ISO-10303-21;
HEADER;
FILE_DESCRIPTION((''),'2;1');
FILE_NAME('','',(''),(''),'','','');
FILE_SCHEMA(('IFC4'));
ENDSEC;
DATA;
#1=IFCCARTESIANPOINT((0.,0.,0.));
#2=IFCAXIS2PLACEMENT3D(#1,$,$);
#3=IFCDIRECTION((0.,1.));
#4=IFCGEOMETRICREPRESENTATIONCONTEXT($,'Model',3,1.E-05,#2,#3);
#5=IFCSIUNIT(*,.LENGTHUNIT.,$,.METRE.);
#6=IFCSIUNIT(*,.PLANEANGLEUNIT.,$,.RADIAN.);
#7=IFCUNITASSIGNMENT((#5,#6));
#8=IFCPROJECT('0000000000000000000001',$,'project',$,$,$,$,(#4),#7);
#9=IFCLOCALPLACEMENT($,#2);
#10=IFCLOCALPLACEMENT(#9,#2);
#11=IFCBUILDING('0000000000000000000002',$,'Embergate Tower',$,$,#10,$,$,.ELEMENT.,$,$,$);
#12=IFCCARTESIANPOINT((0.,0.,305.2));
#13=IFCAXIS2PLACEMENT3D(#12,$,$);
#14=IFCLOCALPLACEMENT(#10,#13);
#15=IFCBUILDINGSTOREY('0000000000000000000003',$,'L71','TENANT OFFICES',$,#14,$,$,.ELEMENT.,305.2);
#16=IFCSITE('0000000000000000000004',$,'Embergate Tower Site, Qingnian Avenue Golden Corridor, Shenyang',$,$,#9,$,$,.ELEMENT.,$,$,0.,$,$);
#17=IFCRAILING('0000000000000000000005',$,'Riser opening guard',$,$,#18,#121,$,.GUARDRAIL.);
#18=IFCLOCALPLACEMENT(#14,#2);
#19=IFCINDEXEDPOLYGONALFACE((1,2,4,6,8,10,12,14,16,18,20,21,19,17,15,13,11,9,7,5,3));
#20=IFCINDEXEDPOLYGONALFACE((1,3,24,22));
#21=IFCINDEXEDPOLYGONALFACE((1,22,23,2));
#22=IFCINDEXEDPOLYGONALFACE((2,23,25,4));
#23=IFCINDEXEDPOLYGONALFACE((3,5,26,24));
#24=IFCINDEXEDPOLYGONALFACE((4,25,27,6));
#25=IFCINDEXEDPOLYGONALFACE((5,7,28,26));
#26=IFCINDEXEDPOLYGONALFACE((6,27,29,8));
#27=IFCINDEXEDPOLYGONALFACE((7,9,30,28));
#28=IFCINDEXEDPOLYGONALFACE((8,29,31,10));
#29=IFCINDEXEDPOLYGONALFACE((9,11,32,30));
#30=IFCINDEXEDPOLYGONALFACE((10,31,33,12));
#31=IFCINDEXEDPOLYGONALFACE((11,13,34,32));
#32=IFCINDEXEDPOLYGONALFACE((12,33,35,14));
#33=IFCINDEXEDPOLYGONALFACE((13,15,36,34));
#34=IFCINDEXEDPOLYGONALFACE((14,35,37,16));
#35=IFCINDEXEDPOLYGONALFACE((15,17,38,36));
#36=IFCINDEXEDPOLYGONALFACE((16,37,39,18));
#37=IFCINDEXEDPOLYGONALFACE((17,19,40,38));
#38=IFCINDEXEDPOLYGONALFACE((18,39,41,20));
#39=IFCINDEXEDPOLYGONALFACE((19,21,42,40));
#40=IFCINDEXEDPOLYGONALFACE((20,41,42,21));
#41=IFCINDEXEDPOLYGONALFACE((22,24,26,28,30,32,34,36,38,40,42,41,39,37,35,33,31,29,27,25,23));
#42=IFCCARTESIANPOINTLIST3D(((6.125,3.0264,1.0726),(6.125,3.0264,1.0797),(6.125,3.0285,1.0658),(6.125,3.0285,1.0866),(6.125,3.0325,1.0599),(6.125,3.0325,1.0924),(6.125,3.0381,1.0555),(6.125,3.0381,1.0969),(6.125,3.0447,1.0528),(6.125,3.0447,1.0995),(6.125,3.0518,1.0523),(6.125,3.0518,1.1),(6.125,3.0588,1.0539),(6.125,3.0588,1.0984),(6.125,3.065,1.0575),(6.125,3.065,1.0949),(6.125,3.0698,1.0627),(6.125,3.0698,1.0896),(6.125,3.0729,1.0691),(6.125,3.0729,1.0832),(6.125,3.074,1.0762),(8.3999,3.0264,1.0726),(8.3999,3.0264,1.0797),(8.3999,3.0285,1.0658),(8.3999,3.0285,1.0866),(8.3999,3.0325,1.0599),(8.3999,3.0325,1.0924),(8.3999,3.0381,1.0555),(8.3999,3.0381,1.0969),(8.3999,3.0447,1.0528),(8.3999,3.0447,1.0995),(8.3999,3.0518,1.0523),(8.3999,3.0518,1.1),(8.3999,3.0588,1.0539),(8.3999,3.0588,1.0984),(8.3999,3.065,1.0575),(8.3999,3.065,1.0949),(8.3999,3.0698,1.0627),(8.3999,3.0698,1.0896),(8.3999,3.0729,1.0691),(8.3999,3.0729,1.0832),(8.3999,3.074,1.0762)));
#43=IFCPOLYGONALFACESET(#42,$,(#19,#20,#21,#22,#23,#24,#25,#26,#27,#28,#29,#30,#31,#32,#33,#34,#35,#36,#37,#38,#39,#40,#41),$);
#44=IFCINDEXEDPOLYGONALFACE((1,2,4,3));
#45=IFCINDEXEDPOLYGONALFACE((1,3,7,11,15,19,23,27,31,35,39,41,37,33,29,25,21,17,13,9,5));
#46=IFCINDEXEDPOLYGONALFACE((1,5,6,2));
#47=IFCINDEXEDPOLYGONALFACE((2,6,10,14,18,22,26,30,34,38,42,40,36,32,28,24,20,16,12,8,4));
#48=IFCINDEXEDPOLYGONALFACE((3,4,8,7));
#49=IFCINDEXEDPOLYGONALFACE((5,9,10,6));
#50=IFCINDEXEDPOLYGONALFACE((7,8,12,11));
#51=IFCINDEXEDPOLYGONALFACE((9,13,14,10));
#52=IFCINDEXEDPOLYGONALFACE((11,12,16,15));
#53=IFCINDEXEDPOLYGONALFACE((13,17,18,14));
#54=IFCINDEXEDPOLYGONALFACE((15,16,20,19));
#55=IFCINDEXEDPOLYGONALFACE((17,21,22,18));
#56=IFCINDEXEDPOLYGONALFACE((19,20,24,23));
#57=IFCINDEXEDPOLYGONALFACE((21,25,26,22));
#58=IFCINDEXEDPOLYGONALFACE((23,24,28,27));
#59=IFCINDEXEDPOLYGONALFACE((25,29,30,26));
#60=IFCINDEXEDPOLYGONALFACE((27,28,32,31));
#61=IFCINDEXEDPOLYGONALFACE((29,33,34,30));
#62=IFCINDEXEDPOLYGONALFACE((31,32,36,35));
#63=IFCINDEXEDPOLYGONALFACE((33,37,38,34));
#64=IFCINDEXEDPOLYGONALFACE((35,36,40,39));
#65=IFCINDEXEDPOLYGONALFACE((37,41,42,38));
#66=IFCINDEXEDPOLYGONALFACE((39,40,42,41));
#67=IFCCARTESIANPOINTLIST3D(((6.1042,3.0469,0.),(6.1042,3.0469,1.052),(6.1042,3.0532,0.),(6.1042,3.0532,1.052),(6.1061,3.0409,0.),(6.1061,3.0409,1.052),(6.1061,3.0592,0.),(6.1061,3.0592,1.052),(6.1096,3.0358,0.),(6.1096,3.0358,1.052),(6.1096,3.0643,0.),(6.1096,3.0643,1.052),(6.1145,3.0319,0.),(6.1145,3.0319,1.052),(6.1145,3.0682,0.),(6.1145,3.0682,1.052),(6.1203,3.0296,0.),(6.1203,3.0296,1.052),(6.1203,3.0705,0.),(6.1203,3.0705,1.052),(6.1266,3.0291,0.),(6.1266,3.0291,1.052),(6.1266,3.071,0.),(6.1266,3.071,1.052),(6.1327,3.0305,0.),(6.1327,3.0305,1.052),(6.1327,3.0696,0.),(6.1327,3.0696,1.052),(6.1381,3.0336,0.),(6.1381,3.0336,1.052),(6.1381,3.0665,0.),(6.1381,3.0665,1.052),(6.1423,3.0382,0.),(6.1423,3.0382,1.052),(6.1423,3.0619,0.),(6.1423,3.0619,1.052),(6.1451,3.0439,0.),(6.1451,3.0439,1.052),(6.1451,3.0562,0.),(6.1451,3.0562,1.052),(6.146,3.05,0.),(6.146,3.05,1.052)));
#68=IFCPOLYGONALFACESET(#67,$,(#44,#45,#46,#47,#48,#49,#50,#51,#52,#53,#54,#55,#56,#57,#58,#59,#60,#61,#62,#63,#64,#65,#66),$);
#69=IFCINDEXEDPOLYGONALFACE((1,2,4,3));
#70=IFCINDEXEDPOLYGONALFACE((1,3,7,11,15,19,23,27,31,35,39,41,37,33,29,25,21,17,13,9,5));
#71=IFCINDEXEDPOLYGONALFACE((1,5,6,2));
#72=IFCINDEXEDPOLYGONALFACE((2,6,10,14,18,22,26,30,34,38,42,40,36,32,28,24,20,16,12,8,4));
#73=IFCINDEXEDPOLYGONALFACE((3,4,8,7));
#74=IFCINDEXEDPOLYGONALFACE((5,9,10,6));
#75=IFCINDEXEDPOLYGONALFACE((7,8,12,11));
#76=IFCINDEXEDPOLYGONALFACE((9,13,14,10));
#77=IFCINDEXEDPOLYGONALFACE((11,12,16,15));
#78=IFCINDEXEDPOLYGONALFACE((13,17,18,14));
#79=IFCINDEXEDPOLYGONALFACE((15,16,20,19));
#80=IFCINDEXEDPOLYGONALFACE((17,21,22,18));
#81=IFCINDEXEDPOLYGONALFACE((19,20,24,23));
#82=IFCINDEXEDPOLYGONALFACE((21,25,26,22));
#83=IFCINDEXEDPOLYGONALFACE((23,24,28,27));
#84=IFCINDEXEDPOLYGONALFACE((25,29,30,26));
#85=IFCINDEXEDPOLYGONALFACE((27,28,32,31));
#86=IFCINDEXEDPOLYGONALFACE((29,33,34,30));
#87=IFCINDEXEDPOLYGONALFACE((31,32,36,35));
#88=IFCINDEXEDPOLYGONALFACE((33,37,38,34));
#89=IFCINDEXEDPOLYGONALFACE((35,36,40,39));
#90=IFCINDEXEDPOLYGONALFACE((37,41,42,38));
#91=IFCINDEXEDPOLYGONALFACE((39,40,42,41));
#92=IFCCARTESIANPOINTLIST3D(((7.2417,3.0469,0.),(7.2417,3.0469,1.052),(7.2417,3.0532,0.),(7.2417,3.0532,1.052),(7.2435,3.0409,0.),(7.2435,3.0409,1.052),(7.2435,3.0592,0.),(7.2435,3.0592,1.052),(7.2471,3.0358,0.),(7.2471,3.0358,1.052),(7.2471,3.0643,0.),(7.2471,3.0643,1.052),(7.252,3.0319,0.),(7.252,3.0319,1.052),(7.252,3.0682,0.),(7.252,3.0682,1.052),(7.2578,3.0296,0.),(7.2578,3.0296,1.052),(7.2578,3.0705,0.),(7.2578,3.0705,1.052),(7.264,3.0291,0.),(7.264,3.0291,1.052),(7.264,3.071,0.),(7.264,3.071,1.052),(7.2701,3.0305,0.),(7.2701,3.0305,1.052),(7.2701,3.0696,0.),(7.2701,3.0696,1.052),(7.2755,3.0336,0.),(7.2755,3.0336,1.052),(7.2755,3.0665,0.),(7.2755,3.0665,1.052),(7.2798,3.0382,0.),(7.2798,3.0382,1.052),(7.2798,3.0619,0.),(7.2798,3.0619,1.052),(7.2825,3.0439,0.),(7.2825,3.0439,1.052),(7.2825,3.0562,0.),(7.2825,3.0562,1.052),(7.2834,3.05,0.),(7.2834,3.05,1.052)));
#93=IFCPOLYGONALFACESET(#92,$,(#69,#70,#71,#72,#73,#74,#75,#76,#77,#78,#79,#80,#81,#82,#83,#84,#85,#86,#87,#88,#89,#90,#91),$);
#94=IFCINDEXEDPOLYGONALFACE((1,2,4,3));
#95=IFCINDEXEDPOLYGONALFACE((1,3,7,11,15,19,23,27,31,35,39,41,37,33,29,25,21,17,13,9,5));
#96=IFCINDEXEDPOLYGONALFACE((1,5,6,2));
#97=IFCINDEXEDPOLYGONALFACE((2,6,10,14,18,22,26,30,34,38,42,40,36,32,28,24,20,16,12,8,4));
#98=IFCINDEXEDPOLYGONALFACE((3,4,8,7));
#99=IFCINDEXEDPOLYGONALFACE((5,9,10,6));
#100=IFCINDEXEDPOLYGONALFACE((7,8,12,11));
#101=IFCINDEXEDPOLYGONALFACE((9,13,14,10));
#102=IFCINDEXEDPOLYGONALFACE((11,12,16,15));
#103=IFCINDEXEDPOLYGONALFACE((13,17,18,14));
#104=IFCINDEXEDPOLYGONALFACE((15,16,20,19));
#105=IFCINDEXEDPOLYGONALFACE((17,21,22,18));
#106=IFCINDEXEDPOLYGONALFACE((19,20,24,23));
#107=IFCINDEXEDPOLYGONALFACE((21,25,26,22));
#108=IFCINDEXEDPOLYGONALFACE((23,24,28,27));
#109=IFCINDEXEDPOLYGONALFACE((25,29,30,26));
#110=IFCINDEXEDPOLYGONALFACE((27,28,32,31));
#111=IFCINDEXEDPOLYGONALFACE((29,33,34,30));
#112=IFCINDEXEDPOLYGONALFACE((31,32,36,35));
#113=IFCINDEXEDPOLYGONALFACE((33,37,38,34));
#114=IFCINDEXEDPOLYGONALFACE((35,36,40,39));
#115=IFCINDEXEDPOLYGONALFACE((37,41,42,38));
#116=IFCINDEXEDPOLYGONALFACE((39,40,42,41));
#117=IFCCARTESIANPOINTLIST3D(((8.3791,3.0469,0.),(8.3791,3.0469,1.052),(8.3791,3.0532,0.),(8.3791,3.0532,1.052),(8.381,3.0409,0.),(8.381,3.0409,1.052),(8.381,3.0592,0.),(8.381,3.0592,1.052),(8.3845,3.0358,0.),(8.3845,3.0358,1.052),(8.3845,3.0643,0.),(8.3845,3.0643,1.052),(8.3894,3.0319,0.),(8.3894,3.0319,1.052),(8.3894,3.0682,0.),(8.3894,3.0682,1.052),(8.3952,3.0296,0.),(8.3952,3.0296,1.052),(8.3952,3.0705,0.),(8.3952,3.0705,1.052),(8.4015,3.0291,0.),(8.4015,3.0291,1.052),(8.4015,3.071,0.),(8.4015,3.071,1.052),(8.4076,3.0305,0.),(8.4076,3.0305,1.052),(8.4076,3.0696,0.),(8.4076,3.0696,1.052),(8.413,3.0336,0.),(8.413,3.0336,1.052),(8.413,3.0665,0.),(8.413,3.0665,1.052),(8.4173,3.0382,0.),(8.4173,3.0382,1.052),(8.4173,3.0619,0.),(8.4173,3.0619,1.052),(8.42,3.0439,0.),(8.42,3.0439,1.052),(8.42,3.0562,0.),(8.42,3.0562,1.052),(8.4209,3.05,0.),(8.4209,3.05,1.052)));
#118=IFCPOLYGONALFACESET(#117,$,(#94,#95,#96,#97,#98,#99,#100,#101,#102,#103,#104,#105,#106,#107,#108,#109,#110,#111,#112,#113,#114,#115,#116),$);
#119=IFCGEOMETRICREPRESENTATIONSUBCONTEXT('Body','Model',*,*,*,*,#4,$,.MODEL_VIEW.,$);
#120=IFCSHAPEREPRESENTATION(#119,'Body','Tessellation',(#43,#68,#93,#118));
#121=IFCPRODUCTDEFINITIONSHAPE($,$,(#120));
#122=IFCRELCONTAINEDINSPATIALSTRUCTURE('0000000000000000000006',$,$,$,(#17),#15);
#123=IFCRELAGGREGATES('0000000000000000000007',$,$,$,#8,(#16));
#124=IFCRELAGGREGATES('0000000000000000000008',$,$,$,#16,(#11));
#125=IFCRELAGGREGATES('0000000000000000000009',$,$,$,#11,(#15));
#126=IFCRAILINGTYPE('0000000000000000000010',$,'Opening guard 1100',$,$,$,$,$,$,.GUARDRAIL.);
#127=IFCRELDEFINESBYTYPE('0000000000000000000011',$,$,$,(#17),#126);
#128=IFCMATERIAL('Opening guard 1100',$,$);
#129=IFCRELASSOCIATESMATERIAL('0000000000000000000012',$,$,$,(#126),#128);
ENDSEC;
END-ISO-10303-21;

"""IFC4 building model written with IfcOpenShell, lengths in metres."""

from ifc_helpers import new_model, si_unit, direction, frame, origin, origin_2d, place, context, subcontext, project, spatial, circle, extrude, source, transform, mapped, material, type_object, element, save


model = new_model("IFC4")

# Units and contexts
model_context = context("Model", 3, precision=1e-05, world=origin(), true_north=direction((0.0, 1.0)))
body_context = subcontext(model_context, "Body", "Model", "MODEL_VIEW")
ifc_project = project(units=[si_unit("LENGTHUNIT", "METRE"), si_unit("PLANEANGLEUNIT", "RADIAN")], contexts=[model_context])

# Site, building, storey
site_placement = place(None, origin())
site = spatial("IfcSite", under=ifc_project, at=site_placement, Name="Embergate Tower Site, Qingnian Avenue Golden Corridor, Shenyang", CompositionType="ELEMENT", RefElevation=0.0)
building_placement = place(site_placement, origin())
building = spatial("IfcBuilding", under=site, at=building_placement, Name="Embergate Tower", CompositionType="ELEMENT")
storey_placement = place(building_placement, frame((0.0, 0.0, 305.2)))
storey = spatial("IfcBuildingStorey", under=building, at=storey_placement, Name="L71", Description="TENANT OFFICES", CompositionType="ELEMENT", Elevation=305.2)

# Railing
ifc_material_1 = material(Name="Opening guard 1100")
railing_type = type_object("IfcRailingType", Name="Opening guard 1100", PredefinedType="GUARDRAIL", material=ifc_material_1)
shared_shape_1 = source(origin(), body_context, "Body", "SweptSolid", [
    extrude(circle(Radius=0.0239, at=origin_2d()), frame((0.0, 0.0, 1.0762), z_axis=(1.0, 0.0, 0.0), x_axis=(0.0, 1.0, 0.0)), (0.0, 0.0, 1.0), 2.2749),
    extrude(circle(Radius=0.021, at=origin_2d()), origin(), (0.0, 0.0, 1.0), 1.052),
    extrude(circle(Radius=0.021, at=origin_2d()), frame((1.1375, 0.0, 0.0)), (0.0, 0.0, 1.0), 1.052),
    extrude(circle(Radius=0.021, at=origin_2d()), frame((2.2749, 0.0, 0.0)), (0.0, 0.0, 1.0), 1.052),
])
railing_placement = place(storey_placement, frame((6.125, 3.05, 0.0)))
element("IfcRailing", 1, at=railing_placement, inside=storey, type_object=railing_type, Name="Riser opening guard", PredefinedType="GUARDRAIL", context=body_context, shape_type="MappedRepresentation", body=[
    mapped(shared_shape_1, transform((0.0, 0.0, 0.0))),
])

save(model, "model.ifc")
